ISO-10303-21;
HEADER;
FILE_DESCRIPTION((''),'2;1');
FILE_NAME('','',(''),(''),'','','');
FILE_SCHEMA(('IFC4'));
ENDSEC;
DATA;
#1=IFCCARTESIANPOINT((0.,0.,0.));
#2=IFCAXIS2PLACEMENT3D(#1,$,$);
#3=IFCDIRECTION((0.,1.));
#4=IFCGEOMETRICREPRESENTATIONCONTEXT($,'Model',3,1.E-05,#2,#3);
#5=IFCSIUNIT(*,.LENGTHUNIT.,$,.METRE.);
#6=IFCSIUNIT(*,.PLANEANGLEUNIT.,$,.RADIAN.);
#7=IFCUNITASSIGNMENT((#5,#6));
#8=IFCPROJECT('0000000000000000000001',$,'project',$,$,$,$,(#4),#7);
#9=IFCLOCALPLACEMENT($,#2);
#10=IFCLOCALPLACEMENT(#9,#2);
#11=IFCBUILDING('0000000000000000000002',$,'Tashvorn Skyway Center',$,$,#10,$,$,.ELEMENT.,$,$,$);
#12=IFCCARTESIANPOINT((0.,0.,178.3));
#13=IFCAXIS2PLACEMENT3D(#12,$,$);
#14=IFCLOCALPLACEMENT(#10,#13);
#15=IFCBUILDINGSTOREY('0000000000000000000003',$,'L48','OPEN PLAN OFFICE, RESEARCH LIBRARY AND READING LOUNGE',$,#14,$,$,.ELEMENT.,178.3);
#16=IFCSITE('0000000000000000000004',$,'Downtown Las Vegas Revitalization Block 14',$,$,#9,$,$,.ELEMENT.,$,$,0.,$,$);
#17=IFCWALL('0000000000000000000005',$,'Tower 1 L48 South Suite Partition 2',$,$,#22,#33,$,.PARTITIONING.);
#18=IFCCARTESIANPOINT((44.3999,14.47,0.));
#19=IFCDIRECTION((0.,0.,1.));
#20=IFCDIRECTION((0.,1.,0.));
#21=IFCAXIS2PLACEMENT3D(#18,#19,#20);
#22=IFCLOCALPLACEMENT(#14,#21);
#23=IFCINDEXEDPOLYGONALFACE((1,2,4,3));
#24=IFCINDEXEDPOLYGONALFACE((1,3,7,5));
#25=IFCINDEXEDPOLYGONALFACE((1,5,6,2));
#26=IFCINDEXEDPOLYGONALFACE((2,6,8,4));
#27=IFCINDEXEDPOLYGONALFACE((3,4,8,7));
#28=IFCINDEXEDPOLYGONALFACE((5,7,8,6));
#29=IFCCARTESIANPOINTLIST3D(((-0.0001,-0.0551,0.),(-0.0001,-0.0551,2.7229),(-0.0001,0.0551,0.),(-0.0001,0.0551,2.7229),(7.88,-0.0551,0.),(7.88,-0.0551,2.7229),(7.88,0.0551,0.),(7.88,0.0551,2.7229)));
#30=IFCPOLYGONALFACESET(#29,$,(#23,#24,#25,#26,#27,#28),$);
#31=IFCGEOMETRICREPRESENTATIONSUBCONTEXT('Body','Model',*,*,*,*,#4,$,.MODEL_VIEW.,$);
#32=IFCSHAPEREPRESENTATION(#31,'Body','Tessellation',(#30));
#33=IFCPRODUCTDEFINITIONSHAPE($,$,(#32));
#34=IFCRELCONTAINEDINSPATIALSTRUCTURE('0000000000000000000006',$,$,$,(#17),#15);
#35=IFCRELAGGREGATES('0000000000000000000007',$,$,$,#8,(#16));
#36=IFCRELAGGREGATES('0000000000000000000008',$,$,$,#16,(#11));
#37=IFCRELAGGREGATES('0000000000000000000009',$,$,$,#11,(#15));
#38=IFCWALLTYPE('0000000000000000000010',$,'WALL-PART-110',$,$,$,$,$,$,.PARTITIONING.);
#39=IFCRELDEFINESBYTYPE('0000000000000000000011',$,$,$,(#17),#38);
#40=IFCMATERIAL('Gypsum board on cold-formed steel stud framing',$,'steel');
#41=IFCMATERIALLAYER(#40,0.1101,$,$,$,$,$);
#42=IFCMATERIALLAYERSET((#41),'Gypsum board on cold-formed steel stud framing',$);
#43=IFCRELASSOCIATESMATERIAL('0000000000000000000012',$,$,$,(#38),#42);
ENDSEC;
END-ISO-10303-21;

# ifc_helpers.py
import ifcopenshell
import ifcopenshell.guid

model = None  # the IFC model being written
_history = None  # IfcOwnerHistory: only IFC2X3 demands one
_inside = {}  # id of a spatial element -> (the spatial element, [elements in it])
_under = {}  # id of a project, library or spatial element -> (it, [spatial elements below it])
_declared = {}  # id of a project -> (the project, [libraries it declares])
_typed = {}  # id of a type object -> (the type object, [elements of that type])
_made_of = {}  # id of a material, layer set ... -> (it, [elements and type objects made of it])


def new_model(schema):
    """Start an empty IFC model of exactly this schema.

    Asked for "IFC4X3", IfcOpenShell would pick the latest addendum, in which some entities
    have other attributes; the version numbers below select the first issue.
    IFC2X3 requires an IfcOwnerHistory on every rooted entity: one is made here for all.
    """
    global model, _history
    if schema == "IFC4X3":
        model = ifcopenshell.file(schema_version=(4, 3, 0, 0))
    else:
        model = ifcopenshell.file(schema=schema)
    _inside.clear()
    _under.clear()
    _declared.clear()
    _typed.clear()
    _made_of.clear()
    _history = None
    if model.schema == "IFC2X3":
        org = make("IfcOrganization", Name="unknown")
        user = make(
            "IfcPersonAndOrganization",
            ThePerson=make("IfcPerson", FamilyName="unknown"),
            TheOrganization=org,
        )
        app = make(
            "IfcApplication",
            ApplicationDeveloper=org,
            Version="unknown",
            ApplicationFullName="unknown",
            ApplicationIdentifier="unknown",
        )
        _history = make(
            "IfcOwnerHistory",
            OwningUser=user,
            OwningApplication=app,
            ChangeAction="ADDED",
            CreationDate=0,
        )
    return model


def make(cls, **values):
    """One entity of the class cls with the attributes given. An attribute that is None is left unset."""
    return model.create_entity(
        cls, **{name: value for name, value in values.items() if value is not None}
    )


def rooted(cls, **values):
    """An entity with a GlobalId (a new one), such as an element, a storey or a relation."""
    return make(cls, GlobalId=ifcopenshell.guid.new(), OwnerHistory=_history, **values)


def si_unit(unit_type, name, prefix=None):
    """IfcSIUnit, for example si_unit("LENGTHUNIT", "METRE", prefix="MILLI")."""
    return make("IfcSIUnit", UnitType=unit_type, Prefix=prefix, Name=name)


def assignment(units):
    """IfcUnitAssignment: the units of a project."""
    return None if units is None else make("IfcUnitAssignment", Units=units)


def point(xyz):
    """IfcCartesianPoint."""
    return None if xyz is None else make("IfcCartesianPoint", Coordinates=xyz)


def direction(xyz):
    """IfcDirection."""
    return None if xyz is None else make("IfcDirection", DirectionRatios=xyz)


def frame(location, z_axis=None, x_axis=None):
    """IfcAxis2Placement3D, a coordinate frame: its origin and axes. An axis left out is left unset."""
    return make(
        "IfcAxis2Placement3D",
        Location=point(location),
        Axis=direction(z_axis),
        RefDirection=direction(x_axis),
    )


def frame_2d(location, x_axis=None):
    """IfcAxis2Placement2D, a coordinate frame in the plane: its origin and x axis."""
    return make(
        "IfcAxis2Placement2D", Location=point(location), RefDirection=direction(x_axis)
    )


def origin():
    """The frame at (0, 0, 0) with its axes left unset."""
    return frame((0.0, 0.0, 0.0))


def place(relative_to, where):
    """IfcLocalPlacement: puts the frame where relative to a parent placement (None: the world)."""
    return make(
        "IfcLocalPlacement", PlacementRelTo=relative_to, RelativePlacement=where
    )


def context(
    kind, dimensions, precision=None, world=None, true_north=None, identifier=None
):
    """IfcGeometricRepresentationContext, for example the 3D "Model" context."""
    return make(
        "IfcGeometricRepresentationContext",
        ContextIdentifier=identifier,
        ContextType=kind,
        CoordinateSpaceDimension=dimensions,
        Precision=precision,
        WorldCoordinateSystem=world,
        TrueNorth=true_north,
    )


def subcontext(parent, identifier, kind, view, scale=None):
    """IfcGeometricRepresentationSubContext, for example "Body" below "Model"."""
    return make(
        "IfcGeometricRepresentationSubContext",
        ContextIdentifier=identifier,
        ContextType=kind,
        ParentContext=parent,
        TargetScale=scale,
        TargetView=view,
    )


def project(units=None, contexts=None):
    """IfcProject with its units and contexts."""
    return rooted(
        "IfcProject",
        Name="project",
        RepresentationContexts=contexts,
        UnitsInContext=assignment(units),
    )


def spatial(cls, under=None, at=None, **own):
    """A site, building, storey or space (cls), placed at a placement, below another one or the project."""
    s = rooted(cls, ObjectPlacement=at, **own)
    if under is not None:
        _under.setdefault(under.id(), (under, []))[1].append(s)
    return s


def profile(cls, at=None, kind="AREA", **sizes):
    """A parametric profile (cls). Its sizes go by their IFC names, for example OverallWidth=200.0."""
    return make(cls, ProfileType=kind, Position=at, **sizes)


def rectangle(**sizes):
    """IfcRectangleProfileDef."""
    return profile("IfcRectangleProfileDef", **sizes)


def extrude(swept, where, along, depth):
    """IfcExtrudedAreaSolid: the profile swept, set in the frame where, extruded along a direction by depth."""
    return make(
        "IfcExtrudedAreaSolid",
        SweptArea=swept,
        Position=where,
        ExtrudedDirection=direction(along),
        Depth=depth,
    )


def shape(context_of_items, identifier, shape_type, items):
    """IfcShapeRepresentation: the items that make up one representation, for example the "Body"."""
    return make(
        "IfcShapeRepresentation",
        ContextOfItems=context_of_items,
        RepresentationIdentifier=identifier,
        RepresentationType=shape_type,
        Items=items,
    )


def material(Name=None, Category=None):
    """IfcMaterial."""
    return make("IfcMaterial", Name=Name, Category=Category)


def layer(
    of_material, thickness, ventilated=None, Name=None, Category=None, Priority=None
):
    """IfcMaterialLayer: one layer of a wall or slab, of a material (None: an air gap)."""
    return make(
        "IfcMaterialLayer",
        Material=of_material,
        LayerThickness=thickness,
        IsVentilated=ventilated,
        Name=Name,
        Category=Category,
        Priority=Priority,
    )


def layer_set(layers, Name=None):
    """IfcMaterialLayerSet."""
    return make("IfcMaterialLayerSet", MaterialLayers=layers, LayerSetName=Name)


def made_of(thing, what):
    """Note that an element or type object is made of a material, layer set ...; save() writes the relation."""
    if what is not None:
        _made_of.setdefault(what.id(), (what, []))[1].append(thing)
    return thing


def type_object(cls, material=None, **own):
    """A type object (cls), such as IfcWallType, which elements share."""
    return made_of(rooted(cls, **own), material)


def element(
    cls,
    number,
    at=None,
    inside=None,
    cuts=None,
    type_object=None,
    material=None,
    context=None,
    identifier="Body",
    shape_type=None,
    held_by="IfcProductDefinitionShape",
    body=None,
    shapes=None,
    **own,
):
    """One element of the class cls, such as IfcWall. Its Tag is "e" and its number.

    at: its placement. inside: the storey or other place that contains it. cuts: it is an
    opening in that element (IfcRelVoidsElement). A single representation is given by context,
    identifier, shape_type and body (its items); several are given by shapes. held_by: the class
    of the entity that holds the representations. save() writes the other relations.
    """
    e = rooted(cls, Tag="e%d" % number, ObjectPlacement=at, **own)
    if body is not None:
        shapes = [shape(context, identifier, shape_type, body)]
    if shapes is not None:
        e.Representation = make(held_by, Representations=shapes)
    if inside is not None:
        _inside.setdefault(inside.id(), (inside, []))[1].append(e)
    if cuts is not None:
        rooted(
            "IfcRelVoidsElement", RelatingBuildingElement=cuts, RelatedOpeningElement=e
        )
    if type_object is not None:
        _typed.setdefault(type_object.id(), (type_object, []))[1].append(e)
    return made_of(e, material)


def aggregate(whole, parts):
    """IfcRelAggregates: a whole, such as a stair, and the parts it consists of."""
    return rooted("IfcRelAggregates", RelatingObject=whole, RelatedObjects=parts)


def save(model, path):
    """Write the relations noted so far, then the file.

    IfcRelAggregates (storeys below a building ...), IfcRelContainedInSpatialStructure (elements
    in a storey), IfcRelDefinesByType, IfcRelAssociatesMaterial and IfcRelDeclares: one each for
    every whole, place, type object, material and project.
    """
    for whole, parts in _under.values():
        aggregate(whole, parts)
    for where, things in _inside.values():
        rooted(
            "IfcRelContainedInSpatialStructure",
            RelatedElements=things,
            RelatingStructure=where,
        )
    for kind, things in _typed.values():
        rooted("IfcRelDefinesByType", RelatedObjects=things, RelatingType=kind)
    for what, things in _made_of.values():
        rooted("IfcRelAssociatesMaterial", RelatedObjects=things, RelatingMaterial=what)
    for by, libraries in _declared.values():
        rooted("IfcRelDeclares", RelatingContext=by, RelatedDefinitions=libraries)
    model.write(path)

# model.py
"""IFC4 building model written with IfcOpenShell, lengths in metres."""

from ifc_helpers import new_model, si_unit, direction, frame, frame_2d, origin, place, context, subcontext, project, spatial, rectangle, extrude, material, layer, layer_set, type_object, element, save


model = new_model("IFC4")

# Units and contexts
model_context = context("Model", 3, precision=1e-05, world=origin(), true_north=direction((0.0, 1.0)))
body_context = subcontext(model_context, "Body", "Model", "MODEL_VIEW")
ifc_project = project(units=[si_unit("LENGTHUNIT", "METRE"), si_unit("PLANEANGLEUNIT", "RADIAN")], contexts=[model_context])

# Site, building, storey
site_placement = place(None, origin())
site = spatial("IfcSite", under=ifc_project, at=site_placement, Name="Downtown Las Vegas Revitalization Block 14", CompositionType="ELEMENT", RefElevation=0.0)
building_placement = place(site_placement, origin())
building = spatial("IfcBuilding", under=site, at=building_placement, Name="Tashvorn Skyway Center", CompositionType="ELEMENT")
storey_placement = place(building_placement, frame((0.0, 0.0, 178.3)))
storey = spatial("IfcBuildingStorey", under=building, at=storey_placement, Name="L48", Description="OPEN PLAN OFFICE, RESEARCH LIBRARY AND READING LOUNGE", CompositionType="ELEMENT", Elevation=178.3)

# Wall
ifc_material_1 = material(Name="Gypsum board on cold-formed steel stud framing", Category="steel")
ifc_layer_1 = layer(ifc_material_1, 0.1101)
ifc_layer_set_1 = layer_set([ifc_layer_1], Name="Gypsum board on cold-formed steel stud framing")
wall_type_1 = type_object("IfcWallType", Name="WALL-PART-110", PredefinedType="PARTITIONING", material=ifc_layer_set_1)
wall_1_placement = place(storey_placement, frame((44.3999, 14.47, 0.0), z_axis=(0.0, 0.0, 1.0), x_axis=(0.0, 1.0, 0.0)))
element("IfcWall", 1, at=wall_1_placement, inside=storey, type_object=wall_type_1, Name="Tower 1 L48 South Suite Partition 2", PredefinedType="PARTITIONING", context=body_context, shape_type="SweptSolid", body=[
    extrude(rectangle(XDim=7.8801, YDim=0.1101, at=frame_2d((3.9399, 0.0))), origin(), (0.0, 0.0, 1.0), 2.7229),
])

save(model, "model.ifc")
